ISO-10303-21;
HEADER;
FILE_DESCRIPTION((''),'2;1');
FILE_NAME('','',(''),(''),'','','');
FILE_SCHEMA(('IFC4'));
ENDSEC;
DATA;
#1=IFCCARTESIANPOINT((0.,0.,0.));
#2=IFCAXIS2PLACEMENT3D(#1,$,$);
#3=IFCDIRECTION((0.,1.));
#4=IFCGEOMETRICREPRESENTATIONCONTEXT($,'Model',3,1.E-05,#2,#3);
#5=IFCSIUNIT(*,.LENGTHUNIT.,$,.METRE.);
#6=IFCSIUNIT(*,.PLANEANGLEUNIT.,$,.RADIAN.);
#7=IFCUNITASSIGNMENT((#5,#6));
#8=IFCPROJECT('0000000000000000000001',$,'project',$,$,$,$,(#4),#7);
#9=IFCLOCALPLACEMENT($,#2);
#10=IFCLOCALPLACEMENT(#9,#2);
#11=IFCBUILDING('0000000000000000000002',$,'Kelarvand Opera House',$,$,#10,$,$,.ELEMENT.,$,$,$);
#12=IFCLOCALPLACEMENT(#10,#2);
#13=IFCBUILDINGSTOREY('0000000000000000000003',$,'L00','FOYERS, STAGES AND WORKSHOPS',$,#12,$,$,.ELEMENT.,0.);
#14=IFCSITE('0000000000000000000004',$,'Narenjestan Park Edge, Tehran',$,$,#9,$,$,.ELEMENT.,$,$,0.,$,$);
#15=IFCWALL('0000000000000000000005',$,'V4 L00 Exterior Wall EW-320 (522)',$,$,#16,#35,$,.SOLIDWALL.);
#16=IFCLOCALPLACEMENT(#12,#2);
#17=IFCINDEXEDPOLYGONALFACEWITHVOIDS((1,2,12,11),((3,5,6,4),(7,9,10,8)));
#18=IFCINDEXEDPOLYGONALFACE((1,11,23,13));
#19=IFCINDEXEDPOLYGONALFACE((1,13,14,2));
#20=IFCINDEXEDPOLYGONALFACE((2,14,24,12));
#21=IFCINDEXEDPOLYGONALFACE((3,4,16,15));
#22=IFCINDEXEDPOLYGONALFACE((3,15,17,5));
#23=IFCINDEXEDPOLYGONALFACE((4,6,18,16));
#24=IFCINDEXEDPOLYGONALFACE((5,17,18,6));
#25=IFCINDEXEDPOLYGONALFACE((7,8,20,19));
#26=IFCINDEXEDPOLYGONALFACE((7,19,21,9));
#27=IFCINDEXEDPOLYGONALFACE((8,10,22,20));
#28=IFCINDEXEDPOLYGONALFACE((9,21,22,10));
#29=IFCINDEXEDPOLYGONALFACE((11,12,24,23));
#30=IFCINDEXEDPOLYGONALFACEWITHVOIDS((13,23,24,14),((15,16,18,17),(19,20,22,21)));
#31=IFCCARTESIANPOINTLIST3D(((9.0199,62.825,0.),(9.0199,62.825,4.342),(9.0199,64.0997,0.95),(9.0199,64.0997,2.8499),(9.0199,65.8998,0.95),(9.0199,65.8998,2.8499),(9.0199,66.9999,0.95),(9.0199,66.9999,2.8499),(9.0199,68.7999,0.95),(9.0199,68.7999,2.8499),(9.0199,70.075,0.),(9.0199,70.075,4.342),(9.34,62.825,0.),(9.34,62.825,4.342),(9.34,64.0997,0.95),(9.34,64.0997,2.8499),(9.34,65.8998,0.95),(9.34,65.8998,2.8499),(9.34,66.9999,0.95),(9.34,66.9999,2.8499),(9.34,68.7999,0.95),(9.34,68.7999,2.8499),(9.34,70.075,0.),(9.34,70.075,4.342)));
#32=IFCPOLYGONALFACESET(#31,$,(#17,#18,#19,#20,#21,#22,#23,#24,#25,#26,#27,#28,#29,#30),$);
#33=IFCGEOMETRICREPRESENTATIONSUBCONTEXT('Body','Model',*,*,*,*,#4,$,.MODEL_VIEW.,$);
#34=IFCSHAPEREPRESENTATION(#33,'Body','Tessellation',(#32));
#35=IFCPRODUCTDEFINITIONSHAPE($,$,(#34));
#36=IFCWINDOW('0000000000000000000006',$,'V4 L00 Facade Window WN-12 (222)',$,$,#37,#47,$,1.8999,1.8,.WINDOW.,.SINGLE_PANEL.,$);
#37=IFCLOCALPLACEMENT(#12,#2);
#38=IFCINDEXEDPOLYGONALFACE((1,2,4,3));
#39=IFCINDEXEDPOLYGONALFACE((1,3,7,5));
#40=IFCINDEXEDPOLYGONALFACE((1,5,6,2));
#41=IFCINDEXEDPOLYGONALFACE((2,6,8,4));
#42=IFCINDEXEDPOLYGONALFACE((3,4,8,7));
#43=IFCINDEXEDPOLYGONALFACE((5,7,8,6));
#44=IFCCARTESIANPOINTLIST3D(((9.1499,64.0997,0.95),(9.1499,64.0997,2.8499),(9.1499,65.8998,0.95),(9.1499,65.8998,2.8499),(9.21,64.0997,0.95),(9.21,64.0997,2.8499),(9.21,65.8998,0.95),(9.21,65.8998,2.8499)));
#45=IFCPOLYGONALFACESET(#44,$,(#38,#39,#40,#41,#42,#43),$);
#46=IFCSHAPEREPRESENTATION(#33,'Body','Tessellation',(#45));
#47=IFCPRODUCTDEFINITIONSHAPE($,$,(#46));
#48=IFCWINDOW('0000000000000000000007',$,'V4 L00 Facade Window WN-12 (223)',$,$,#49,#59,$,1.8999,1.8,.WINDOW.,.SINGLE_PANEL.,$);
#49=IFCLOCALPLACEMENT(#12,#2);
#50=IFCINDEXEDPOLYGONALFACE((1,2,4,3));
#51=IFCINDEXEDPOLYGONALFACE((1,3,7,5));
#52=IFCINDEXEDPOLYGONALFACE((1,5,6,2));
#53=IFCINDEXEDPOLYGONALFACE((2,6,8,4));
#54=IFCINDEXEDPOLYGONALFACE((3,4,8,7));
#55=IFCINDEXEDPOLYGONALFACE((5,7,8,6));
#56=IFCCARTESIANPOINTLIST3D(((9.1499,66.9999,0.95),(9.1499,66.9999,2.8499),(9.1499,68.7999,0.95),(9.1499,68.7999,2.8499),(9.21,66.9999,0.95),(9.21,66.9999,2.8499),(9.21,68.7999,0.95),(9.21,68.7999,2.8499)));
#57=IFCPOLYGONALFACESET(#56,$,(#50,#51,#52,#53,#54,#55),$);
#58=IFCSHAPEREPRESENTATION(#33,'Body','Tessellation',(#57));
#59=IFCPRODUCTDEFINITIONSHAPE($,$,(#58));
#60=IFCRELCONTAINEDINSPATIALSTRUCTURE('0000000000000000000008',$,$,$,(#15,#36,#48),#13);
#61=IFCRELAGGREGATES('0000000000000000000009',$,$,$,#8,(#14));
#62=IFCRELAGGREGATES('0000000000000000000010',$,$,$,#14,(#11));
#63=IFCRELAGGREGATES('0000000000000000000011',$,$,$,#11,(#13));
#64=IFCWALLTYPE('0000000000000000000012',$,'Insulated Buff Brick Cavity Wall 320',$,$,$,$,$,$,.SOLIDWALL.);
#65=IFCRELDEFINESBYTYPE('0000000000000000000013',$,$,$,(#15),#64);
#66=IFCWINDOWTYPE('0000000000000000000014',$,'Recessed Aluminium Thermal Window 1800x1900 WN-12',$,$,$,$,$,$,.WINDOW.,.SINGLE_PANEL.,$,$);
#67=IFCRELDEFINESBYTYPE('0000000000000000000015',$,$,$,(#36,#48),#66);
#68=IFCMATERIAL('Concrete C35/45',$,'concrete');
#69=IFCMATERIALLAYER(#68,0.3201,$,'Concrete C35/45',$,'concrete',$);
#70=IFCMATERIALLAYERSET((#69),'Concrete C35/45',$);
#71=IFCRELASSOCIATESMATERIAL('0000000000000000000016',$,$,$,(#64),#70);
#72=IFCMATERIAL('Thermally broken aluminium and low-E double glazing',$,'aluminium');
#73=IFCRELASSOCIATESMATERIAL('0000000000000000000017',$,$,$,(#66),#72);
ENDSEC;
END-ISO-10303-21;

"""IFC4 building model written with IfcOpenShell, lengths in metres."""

from ifc_helpers import new_model, si_unit, direction, frame, frame_2d, origin, place, context, subcontext, project, spatial, rectangle, extrude, material, layer, layer_set, type_object, element, fill, save


model = new_model("IFC4")

# Units and contexts
model_context = context("Model", 3, precision=1e-05, world=origin(), true_north=direction((0.0, 1.0)))
body_context = subcontext(model_context, "Body", "Model", "MODEL_VIEW")
ifc_project = project(units=[si_unit("LENGTHUNIT", "METRE"), si_unit("PLANEANGLEUNIT", "RADIAN")], contexts=[model_context])

# Site, building, storey
site_placement = place(None, origin())
site = spatial("IfcSite", under=ifc_project, at=site_placement, Name="Narenjestan Park Edge, Tehran", CompositionType="ELEMENT", RefElevation=0.0)
building_placement = place(site_placement, origin())
building = spatial("IfcBuilding", under=site, at=building_placement, Name="Kelarvand Opera House", CompositionType="ELEMENT")
storey_placement = place(building_placement, origin())
storey = spatial("IfcBuildingStorey", under=building, at=storey_placement, Name="L00", Description="FOYERS, STAGES AND WORKSHOPS", CompositionType="ELEMENT", Elevation=0.0)

# Shared definitions
ifc_material_1 = material(Name="Concrete C35/45", Category="concrete")

# Wall, openings, windows
ifc_layer_1 = layer(ifc_material_1, 0.3201, Name="Concrete C35/45", Category="concrete")
ifc_layer_set_1 = layer_set([ifc_layer_1], Name="Concrete C35/45")
wall_type_1 = type_object("IfcWallType", Name="Insulated Buff Brick Cavity Wall 320", PredefinedType="SOLIDWALL", material=ifc_layer_set_1)
ifc_material_2 = material(Name="Thermally broken aluminium and low-E double glazing", Category="aluminium")
wall_1_placement = place(storey_placement, frame((9.1799, 62.825, 0.0), z_axis=(0.0, 0.0, 1.0), x_axis=(0.0, 1.0, 0.0)))
wall_1 = element("IfcWall", 1, at=wall_1_placement, inside=storey, type_object=wall_type_1, Name="V4 L00 Exterior Wall EW-320 (522)", PredefinedType="SOLIDWALL", context=body_context, shape_type="SweptSolid", body=[
    extrude(rectangle(XDim=7.25, YDim=0.3201, at=frame_2d((3.625, 0.0))), origin(), (0.0, 0.0, 1.0), 4.342),
])
opening_1_placement = place(wall_1_placement, frame((1.2749, 0.0, 0.95)))
opening_1 = element("IfcOpeningElement", 2, at=opening_1_placement, cuts=wall_1, PredefinedType="OPENING", context=body_context, shape_type="SweptSolid", body=[
    extrude(rectangle(XDim=1.8, YDim=1.8999, at=frame_2d((0.8999, 0.95))), frame((0.0, 0.1699, 0.0), z_axis=(0.0, -1.0, 0.0), x_axis=(1.0, 0.0, 0.0)), (0.0, 0.0, 1.0), 0.3401),
])
opening_2_placement = place(wall_1_placement, frame((4.175, 0.0, 0.95)))
opening_2 = element("IfcOpeningElement", 3, at=opening_2_placement, cuts=wall_1, PredefinedType="OPENING", context=body_context, shape_type="SweptSolid", body=[
    extrude(rectangle(XDim=1.8, YDim=1.8999, at=frame_2d((0.8999, 0.95))), frame((0.0, 0.1699, 0.0), z_axis=(0.0, -1.0, 0.0), x_axis=(1.0, 0.0, 0.0)), (0.0, 0.0, 1.0), 0.3401),
])
window_type_1 = type_object("IfcWindowType", Name="Recessed Aluminium Thermal Window 1800x1900 WN-12", PartitioningType="SINGLE_PANEL", PredefinedType="WINDOW", material=ifc_material_2)
window_1_placement = place(opening_1_placement, origin())
window_1 = element("IfcWindow", 4, at=window_1_placement, inside=storey, type_object=window_type_1, Name="V4 L00 Facade Window WN-12 (222)", OverallHeight=1.8999, OverallWidth=1.8, PartitioningType="SINGLE_PANEL", PredefinedType="WINDOW", context=body_context, shape_type="SweptSolid", body=[
    extrude(rectangle(XDim=1.8, YDim=1.8999, at=frame_2d((0.8999, 0.95))), frame((0.0, 0.03, 0.0), z_axis=(0.0, -1.0, 0.0), x_axis=(1.0, 0.0, 0.0)), (0.0, 0.0, 1.0), 0.0601),
])
fill(opening_1, window_1)
window_2_placement = place(opening_2_placement, origin())
window_2 = element("IfcWindow", 5, at=window_2_placement, inside=storey, type_object=window_type_1, Name="V4 L00 Facade Window WN-12 (223)", OverallHeight=1.8999, OverallWidth=1.8, PartitioningType="SINGLE_PANEL", PredefinedType="WINDOW", context=body_context, shape_type="SweptSolid", body=[
    extrude(rectangle(XDim=1.8, YDim=1.8999, at=frame_2d((0.8999, 0.95))), frame((0.0, 0.03, 0.0), z_axis=(0.0, -1.0, 0.0), x_axis=(1.0, 0.0, 0.0)), (0.0, 0.0, 1.0), 0.0601),
])
fill(opening_2, window_2)

save(model, "model.ifc")
